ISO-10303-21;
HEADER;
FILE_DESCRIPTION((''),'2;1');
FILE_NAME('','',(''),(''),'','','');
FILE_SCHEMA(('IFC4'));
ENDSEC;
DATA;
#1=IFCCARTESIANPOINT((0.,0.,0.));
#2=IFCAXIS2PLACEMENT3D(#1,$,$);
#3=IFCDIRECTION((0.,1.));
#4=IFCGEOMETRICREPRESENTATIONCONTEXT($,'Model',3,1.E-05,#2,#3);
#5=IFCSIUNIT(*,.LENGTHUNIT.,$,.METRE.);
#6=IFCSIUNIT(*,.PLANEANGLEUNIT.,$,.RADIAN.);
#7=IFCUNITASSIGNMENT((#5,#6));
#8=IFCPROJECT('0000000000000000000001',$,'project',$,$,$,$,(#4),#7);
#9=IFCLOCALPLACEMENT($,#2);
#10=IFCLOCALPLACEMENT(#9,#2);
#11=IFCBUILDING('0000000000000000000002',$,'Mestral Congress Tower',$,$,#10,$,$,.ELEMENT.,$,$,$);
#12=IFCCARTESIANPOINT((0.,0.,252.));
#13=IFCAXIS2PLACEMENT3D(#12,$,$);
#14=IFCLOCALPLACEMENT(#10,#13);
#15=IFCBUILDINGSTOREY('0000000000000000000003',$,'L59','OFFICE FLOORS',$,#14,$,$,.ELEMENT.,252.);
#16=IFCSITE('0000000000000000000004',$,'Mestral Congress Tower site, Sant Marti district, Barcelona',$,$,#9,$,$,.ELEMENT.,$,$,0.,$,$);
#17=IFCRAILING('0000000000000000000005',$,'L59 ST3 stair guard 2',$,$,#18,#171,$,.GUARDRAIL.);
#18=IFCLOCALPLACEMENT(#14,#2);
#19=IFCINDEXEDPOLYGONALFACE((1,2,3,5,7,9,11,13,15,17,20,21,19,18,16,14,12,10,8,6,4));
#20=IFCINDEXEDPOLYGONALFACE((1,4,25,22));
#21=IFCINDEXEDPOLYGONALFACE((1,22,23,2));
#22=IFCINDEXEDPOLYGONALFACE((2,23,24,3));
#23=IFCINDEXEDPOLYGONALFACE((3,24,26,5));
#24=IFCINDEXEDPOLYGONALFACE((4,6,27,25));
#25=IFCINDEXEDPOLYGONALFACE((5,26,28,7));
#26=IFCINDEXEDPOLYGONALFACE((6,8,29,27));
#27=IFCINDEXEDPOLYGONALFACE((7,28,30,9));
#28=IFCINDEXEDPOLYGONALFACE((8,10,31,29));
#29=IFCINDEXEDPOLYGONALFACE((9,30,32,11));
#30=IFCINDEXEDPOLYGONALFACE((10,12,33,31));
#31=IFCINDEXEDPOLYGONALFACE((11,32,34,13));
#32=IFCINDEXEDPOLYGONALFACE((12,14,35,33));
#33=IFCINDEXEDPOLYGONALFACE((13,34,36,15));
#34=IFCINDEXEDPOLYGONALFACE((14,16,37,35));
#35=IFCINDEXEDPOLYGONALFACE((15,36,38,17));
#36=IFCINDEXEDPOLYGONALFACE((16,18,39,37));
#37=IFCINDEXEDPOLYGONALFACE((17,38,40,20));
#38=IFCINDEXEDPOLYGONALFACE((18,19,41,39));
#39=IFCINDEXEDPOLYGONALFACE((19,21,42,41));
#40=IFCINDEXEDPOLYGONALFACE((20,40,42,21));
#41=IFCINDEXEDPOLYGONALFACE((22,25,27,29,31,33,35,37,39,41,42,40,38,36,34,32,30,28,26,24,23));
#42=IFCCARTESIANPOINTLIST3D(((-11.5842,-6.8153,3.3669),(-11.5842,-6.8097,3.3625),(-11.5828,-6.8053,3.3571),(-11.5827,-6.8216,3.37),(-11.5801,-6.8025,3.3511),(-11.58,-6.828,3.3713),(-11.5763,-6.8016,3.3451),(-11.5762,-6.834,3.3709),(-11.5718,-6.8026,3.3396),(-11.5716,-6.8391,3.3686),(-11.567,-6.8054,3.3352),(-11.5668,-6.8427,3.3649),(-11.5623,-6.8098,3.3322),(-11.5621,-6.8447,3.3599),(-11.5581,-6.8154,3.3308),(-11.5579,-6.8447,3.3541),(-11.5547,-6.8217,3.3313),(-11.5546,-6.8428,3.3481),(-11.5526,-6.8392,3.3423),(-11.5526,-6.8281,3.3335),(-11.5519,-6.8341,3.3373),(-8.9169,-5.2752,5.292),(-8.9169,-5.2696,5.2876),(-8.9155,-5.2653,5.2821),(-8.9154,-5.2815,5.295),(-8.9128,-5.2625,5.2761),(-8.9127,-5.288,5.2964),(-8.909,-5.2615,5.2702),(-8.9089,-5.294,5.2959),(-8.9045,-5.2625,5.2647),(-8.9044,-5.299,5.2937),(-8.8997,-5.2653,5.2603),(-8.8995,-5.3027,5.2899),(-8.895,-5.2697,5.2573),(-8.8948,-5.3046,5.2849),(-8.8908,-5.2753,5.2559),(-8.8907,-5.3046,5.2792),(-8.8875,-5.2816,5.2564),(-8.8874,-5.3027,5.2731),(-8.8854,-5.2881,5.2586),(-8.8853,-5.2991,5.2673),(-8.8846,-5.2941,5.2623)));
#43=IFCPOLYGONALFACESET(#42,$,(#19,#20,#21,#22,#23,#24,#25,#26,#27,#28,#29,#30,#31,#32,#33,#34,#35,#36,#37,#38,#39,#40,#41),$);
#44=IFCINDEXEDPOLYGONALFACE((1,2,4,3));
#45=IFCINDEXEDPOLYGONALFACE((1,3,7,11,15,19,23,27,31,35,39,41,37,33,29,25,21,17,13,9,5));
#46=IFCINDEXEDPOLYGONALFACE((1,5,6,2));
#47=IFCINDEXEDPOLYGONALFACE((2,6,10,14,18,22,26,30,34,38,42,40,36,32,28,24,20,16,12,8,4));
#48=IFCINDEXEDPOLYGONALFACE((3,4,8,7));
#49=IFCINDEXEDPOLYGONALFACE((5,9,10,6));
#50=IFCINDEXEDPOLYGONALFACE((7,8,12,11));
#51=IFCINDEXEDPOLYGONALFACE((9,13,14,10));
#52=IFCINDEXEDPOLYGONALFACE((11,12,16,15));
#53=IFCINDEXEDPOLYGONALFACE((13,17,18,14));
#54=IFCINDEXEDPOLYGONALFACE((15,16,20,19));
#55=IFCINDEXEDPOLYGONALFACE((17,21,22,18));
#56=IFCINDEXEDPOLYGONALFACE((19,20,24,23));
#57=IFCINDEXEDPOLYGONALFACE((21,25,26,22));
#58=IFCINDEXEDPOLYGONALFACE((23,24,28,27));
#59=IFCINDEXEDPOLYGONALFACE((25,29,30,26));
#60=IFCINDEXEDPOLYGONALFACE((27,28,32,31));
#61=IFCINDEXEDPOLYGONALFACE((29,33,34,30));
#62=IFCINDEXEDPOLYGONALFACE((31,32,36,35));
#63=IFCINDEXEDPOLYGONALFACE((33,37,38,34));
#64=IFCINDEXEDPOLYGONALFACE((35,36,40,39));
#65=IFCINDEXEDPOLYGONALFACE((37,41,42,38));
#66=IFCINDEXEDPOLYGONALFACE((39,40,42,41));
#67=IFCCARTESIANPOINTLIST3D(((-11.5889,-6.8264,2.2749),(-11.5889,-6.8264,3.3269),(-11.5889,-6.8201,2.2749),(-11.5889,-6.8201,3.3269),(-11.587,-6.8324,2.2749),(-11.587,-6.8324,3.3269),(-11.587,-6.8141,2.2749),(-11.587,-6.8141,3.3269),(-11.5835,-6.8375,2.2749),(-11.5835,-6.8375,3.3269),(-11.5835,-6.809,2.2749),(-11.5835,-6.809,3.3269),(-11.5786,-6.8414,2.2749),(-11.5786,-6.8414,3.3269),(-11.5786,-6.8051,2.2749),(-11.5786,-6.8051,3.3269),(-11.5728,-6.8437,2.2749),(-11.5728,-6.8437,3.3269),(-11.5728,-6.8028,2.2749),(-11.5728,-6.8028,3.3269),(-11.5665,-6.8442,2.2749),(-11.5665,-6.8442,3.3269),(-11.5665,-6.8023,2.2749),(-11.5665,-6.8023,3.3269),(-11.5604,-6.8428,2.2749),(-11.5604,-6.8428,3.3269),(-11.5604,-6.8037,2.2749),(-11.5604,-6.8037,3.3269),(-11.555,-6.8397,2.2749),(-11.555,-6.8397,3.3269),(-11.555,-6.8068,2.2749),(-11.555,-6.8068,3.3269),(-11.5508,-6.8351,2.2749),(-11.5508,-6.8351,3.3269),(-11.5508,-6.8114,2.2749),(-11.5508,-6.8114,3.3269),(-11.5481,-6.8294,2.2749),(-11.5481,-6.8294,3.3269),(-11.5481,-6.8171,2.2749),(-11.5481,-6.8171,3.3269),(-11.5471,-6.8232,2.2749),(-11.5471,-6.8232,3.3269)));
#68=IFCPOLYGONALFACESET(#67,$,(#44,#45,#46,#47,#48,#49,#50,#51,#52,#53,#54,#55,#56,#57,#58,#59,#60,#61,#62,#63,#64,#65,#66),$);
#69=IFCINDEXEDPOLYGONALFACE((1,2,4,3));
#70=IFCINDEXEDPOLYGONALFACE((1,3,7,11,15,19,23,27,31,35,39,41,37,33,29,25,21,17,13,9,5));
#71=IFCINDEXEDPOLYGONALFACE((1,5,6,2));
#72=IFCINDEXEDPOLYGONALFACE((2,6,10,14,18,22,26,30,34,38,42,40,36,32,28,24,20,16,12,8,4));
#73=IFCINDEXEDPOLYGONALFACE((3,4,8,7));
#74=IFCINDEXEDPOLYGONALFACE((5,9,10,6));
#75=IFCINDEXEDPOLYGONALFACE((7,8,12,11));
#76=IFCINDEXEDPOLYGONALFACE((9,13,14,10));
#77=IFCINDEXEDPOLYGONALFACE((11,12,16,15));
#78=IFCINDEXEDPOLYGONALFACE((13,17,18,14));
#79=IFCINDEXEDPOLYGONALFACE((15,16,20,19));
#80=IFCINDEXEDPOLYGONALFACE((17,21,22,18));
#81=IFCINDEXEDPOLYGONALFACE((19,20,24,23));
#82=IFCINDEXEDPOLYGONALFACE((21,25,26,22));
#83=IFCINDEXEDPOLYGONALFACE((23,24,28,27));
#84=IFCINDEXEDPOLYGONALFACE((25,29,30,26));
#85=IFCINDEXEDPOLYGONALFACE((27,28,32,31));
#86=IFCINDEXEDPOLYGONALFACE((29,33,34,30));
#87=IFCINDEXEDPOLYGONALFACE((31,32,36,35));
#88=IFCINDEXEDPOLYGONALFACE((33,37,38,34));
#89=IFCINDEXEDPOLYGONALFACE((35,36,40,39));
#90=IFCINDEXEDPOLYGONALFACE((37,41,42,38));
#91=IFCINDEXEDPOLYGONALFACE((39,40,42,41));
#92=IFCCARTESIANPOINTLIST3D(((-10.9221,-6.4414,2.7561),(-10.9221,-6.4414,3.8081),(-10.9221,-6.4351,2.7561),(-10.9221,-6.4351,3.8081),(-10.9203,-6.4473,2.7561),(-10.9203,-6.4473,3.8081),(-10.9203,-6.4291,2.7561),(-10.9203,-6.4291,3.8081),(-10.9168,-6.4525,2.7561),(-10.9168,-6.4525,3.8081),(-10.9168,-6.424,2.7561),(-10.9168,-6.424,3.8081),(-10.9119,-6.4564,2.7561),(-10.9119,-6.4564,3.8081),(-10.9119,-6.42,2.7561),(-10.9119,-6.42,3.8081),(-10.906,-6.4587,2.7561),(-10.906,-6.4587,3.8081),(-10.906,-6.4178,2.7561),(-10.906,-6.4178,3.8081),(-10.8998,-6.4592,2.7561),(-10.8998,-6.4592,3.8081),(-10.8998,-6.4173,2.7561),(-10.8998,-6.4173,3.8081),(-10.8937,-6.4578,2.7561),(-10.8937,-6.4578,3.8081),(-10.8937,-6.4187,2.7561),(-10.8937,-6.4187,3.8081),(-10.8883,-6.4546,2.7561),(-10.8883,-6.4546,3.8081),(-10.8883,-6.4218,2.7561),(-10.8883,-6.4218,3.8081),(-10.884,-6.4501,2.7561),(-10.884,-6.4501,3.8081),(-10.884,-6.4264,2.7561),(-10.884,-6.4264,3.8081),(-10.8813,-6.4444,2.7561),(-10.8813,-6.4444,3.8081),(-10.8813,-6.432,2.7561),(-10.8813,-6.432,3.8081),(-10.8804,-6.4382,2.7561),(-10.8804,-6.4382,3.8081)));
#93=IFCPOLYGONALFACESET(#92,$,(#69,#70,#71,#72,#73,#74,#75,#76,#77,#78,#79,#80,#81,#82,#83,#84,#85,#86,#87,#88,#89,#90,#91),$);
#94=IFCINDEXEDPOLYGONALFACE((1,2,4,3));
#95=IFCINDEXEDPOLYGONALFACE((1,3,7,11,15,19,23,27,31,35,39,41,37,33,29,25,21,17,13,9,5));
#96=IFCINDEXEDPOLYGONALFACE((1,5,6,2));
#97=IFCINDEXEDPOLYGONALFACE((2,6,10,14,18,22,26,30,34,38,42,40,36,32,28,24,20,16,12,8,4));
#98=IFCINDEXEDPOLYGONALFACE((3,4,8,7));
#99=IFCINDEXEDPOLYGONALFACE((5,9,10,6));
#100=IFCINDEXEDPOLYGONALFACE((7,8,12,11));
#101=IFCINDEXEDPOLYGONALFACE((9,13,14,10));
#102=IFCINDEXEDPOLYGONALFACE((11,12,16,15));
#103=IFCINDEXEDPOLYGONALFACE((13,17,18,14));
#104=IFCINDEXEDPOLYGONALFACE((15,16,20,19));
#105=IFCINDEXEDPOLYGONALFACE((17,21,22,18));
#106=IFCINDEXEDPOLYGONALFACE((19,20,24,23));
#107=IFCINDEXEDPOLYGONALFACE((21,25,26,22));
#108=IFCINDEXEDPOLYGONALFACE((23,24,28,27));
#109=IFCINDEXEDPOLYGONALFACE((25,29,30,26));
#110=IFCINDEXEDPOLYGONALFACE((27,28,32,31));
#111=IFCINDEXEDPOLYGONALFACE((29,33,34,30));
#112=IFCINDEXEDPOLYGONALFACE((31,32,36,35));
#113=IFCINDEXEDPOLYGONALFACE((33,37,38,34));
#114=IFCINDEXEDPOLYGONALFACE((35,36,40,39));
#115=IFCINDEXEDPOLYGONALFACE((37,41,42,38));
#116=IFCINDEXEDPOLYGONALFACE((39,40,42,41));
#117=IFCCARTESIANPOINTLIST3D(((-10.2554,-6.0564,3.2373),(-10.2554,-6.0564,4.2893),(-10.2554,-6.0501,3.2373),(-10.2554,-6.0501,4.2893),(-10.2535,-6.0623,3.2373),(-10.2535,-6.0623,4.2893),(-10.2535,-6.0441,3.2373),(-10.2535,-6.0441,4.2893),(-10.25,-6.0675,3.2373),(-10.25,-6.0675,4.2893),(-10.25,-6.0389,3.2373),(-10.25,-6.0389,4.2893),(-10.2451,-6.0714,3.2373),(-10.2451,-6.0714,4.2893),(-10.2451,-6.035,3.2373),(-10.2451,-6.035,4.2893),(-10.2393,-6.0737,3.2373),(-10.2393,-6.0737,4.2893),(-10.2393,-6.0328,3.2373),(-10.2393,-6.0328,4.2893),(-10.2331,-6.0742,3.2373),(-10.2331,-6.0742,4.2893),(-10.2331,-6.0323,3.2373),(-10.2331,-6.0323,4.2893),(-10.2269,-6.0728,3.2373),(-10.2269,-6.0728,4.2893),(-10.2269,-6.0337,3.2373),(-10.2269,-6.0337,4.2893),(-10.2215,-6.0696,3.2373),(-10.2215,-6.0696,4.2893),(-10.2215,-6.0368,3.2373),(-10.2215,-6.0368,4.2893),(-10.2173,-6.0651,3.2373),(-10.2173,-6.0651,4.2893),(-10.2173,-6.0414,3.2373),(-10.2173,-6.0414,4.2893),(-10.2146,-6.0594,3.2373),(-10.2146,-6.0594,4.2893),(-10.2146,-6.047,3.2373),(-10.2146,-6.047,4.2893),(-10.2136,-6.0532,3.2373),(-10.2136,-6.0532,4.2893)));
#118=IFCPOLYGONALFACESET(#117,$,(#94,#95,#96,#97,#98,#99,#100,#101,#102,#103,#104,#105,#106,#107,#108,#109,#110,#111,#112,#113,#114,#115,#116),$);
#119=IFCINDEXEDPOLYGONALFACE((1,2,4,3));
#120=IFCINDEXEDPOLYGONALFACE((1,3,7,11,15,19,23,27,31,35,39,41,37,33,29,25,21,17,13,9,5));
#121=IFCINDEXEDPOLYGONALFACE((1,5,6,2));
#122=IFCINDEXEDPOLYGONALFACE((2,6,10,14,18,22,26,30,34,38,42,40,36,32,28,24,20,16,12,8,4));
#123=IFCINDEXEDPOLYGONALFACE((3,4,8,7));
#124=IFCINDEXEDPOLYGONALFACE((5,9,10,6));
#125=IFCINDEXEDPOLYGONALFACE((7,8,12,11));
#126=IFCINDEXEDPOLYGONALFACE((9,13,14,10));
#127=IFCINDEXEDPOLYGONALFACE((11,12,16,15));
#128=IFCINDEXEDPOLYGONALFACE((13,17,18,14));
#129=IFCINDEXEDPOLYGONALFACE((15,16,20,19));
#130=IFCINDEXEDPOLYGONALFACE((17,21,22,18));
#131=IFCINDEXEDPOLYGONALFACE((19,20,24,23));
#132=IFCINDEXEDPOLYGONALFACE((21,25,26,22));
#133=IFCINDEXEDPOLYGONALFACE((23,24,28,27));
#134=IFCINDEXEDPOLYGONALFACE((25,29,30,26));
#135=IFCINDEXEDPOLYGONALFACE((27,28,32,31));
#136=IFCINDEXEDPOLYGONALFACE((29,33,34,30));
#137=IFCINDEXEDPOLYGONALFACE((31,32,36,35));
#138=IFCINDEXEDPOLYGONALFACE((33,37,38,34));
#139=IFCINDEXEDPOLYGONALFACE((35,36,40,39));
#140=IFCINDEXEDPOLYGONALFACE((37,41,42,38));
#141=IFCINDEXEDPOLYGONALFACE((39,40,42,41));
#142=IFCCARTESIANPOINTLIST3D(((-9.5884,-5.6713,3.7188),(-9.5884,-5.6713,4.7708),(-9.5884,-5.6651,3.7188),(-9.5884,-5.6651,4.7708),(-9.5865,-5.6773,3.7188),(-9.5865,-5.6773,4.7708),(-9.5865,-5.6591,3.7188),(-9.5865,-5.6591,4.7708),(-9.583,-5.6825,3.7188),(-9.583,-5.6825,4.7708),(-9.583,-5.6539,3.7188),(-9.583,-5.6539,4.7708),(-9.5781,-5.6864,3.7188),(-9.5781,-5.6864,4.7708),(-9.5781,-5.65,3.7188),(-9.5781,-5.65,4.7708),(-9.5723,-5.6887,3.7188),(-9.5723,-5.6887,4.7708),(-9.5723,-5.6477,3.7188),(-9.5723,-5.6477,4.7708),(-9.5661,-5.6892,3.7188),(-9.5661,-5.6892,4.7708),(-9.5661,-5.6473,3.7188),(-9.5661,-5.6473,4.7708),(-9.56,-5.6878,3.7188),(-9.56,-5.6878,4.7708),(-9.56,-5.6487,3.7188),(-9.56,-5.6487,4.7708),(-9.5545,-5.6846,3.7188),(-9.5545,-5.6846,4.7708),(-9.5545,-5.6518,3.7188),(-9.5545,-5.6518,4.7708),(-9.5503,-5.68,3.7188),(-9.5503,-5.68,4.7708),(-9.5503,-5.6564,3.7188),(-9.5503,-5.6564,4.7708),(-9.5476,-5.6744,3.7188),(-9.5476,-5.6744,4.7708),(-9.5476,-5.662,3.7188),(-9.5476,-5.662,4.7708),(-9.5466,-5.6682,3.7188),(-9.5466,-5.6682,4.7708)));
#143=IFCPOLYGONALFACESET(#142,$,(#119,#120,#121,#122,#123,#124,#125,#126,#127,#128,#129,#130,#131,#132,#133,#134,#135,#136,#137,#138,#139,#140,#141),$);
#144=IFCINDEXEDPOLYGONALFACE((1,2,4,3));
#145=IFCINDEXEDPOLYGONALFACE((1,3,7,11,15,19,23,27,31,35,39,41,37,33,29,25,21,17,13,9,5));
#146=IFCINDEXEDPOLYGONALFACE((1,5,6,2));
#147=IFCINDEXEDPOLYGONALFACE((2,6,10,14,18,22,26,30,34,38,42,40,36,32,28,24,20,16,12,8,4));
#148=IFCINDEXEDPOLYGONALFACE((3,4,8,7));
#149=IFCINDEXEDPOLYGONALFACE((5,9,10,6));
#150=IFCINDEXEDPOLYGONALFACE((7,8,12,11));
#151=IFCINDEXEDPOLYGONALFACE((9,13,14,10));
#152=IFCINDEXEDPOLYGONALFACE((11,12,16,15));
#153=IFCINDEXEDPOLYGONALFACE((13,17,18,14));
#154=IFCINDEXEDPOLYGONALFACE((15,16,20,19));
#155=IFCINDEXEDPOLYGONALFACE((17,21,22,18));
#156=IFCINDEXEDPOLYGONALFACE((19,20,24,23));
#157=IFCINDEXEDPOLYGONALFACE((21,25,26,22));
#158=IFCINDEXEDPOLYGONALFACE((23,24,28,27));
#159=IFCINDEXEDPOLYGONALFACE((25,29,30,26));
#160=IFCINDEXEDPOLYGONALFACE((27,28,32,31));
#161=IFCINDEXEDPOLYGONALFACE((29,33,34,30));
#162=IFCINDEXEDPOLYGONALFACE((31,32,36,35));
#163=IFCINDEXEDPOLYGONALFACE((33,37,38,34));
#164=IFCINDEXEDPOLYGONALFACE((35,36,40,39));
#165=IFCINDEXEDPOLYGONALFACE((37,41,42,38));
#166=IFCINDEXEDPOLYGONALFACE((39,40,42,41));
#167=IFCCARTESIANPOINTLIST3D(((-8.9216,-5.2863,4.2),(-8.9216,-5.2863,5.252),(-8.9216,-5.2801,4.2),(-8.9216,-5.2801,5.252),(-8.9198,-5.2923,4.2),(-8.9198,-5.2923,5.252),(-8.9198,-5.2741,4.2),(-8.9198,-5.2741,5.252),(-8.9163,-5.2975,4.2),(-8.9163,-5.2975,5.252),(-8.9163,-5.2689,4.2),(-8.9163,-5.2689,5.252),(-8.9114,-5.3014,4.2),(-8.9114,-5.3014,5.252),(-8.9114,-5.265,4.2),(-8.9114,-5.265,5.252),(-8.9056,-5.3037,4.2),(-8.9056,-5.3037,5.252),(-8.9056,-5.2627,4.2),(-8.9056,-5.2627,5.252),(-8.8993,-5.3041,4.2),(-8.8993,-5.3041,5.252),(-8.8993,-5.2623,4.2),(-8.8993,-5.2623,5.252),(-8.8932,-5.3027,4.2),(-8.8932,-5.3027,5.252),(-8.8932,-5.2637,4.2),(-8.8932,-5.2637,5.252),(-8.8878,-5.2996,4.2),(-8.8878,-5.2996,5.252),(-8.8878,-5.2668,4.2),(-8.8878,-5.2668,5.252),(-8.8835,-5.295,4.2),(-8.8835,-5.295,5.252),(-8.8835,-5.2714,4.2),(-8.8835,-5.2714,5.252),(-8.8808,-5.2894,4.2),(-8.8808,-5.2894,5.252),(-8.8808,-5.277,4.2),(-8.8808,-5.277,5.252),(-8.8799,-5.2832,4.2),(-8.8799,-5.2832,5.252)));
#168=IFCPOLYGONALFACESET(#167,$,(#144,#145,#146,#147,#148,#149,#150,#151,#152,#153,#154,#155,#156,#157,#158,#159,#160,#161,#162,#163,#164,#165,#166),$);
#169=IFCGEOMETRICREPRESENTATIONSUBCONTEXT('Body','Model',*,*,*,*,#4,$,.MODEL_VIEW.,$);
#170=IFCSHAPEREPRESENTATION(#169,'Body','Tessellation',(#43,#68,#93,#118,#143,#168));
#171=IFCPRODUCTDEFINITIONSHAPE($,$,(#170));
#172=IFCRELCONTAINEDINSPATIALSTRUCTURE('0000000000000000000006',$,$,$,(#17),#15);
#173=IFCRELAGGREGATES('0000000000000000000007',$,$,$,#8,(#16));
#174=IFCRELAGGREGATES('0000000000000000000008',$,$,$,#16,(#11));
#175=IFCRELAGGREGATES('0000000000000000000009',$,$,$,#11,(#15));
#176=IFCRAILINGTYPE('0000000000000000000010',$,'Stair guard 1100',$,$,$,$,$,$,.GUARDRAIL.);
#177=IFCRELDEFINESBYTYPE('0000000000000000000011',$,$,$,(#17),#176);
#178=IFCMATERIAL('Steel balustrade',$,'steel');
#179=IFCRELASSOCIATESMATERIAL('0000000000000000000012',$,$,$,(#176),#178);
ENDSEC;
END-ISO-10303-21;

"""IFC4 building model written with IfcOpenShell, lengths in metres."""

from ifc_helpers import new_model, si_unit, direction, frame, origin, origin_2d, place, context, subcontext, project, spatial, circle, extrude, material, type_object, element, save


model = new_model("IFC4")

# Units and contexts
model_context = context("Model", 3, precision=1e-05, world=origin(), true_north=direction((0.0, 1.0)))
body_context = subcontext(model_context, "Body", "Model", "MODEL_VIEW")
ifc_project = project(units=[si_unit("LENGTHUNIT", "METRE"), si_unit("PLANEANGLEUNIT", "RADIAN")], contexts=[model_context])

# Site, building, storey
site_placement = place(None, origin())
site = spatial("IfcSite", under=ifc_project, at=site_placement, Name="Mestral Congress Tower site, Sant Marti district, Barcelona", CompositionType="ELEMENT", RefElevation=0.0)
building_placement = place(site_placement, origin())
building = spatial("IfcBuilding", under=site, at=building_placement, Name="Mestral Congress Tower", CompositionType="ELEMENT")
storey_placement = place(building_placement, frame((0.0, 0.0, 252.0)))
storey = spatial("IfcBuildingStorey", under=building, at=storey_placement, Name="L59", Description="OFFICE FLOORS", CompositionType="ELEMENT", Elevation=252.0)

# Railing
ifc_material_1 = material(Name="Steel balustrade", Category="steel")
railing_type_1 = type_object("IfcRailingType", Name="Stair guard 1100", PredefinedType="GUARDRAIL", material=ifc_material_1)
railing_1_placement = place(storey_placement, frame((-11.5681, -6.8232, 2.2749)))
element("IfcRailing", 1, at=railing_1_placement, inside=storey, type_object=railing_type_1, Name="L59 ST3 stair guard 2", PredefinedType="GUARDRAIL", context=body_context, shape_type="SweptSolid", body=[
    extrude(circle(Radius=0.0239, at=origin_2d()), frame((0.0, 0.0, 1.0762), z_axis=(0.734364, 0.424015, 0.530019), x_axis=(-0.500027, 0.86601, 0.0)), (0.0, 0.0, 1.0), 3.6321),
    extrude(circle(Radius=0.021, at=origin_2d()), origin(), (0.0, 0.0, 1.0), 1.052),
    extrude(circle(Radius=0.021, at=origin_2d()), frame((0.6667, 0.385, 0.4812)), (0.0, 0.0, 1.0), 1.052),
    extrude(circle(Radius=0.021, at=origin_2d()), frame((1.3335, 0.77, 0.9624)), (0.0, 0.0, 1.0), 1.052),
    extrude(circle(Radius=0.021, at=origin_2d()), frame((2.0005, 1.155, 1.4438)), (0.0, 0.0, 1.0), 1.052),
    extrude(circle(Radius=0.021, at=origin_2d()), frame((2.6672, 1.54, 1.925)), (0.0, 0.0, 1.0), 1.052),
])

save(model, "model.ifc")
